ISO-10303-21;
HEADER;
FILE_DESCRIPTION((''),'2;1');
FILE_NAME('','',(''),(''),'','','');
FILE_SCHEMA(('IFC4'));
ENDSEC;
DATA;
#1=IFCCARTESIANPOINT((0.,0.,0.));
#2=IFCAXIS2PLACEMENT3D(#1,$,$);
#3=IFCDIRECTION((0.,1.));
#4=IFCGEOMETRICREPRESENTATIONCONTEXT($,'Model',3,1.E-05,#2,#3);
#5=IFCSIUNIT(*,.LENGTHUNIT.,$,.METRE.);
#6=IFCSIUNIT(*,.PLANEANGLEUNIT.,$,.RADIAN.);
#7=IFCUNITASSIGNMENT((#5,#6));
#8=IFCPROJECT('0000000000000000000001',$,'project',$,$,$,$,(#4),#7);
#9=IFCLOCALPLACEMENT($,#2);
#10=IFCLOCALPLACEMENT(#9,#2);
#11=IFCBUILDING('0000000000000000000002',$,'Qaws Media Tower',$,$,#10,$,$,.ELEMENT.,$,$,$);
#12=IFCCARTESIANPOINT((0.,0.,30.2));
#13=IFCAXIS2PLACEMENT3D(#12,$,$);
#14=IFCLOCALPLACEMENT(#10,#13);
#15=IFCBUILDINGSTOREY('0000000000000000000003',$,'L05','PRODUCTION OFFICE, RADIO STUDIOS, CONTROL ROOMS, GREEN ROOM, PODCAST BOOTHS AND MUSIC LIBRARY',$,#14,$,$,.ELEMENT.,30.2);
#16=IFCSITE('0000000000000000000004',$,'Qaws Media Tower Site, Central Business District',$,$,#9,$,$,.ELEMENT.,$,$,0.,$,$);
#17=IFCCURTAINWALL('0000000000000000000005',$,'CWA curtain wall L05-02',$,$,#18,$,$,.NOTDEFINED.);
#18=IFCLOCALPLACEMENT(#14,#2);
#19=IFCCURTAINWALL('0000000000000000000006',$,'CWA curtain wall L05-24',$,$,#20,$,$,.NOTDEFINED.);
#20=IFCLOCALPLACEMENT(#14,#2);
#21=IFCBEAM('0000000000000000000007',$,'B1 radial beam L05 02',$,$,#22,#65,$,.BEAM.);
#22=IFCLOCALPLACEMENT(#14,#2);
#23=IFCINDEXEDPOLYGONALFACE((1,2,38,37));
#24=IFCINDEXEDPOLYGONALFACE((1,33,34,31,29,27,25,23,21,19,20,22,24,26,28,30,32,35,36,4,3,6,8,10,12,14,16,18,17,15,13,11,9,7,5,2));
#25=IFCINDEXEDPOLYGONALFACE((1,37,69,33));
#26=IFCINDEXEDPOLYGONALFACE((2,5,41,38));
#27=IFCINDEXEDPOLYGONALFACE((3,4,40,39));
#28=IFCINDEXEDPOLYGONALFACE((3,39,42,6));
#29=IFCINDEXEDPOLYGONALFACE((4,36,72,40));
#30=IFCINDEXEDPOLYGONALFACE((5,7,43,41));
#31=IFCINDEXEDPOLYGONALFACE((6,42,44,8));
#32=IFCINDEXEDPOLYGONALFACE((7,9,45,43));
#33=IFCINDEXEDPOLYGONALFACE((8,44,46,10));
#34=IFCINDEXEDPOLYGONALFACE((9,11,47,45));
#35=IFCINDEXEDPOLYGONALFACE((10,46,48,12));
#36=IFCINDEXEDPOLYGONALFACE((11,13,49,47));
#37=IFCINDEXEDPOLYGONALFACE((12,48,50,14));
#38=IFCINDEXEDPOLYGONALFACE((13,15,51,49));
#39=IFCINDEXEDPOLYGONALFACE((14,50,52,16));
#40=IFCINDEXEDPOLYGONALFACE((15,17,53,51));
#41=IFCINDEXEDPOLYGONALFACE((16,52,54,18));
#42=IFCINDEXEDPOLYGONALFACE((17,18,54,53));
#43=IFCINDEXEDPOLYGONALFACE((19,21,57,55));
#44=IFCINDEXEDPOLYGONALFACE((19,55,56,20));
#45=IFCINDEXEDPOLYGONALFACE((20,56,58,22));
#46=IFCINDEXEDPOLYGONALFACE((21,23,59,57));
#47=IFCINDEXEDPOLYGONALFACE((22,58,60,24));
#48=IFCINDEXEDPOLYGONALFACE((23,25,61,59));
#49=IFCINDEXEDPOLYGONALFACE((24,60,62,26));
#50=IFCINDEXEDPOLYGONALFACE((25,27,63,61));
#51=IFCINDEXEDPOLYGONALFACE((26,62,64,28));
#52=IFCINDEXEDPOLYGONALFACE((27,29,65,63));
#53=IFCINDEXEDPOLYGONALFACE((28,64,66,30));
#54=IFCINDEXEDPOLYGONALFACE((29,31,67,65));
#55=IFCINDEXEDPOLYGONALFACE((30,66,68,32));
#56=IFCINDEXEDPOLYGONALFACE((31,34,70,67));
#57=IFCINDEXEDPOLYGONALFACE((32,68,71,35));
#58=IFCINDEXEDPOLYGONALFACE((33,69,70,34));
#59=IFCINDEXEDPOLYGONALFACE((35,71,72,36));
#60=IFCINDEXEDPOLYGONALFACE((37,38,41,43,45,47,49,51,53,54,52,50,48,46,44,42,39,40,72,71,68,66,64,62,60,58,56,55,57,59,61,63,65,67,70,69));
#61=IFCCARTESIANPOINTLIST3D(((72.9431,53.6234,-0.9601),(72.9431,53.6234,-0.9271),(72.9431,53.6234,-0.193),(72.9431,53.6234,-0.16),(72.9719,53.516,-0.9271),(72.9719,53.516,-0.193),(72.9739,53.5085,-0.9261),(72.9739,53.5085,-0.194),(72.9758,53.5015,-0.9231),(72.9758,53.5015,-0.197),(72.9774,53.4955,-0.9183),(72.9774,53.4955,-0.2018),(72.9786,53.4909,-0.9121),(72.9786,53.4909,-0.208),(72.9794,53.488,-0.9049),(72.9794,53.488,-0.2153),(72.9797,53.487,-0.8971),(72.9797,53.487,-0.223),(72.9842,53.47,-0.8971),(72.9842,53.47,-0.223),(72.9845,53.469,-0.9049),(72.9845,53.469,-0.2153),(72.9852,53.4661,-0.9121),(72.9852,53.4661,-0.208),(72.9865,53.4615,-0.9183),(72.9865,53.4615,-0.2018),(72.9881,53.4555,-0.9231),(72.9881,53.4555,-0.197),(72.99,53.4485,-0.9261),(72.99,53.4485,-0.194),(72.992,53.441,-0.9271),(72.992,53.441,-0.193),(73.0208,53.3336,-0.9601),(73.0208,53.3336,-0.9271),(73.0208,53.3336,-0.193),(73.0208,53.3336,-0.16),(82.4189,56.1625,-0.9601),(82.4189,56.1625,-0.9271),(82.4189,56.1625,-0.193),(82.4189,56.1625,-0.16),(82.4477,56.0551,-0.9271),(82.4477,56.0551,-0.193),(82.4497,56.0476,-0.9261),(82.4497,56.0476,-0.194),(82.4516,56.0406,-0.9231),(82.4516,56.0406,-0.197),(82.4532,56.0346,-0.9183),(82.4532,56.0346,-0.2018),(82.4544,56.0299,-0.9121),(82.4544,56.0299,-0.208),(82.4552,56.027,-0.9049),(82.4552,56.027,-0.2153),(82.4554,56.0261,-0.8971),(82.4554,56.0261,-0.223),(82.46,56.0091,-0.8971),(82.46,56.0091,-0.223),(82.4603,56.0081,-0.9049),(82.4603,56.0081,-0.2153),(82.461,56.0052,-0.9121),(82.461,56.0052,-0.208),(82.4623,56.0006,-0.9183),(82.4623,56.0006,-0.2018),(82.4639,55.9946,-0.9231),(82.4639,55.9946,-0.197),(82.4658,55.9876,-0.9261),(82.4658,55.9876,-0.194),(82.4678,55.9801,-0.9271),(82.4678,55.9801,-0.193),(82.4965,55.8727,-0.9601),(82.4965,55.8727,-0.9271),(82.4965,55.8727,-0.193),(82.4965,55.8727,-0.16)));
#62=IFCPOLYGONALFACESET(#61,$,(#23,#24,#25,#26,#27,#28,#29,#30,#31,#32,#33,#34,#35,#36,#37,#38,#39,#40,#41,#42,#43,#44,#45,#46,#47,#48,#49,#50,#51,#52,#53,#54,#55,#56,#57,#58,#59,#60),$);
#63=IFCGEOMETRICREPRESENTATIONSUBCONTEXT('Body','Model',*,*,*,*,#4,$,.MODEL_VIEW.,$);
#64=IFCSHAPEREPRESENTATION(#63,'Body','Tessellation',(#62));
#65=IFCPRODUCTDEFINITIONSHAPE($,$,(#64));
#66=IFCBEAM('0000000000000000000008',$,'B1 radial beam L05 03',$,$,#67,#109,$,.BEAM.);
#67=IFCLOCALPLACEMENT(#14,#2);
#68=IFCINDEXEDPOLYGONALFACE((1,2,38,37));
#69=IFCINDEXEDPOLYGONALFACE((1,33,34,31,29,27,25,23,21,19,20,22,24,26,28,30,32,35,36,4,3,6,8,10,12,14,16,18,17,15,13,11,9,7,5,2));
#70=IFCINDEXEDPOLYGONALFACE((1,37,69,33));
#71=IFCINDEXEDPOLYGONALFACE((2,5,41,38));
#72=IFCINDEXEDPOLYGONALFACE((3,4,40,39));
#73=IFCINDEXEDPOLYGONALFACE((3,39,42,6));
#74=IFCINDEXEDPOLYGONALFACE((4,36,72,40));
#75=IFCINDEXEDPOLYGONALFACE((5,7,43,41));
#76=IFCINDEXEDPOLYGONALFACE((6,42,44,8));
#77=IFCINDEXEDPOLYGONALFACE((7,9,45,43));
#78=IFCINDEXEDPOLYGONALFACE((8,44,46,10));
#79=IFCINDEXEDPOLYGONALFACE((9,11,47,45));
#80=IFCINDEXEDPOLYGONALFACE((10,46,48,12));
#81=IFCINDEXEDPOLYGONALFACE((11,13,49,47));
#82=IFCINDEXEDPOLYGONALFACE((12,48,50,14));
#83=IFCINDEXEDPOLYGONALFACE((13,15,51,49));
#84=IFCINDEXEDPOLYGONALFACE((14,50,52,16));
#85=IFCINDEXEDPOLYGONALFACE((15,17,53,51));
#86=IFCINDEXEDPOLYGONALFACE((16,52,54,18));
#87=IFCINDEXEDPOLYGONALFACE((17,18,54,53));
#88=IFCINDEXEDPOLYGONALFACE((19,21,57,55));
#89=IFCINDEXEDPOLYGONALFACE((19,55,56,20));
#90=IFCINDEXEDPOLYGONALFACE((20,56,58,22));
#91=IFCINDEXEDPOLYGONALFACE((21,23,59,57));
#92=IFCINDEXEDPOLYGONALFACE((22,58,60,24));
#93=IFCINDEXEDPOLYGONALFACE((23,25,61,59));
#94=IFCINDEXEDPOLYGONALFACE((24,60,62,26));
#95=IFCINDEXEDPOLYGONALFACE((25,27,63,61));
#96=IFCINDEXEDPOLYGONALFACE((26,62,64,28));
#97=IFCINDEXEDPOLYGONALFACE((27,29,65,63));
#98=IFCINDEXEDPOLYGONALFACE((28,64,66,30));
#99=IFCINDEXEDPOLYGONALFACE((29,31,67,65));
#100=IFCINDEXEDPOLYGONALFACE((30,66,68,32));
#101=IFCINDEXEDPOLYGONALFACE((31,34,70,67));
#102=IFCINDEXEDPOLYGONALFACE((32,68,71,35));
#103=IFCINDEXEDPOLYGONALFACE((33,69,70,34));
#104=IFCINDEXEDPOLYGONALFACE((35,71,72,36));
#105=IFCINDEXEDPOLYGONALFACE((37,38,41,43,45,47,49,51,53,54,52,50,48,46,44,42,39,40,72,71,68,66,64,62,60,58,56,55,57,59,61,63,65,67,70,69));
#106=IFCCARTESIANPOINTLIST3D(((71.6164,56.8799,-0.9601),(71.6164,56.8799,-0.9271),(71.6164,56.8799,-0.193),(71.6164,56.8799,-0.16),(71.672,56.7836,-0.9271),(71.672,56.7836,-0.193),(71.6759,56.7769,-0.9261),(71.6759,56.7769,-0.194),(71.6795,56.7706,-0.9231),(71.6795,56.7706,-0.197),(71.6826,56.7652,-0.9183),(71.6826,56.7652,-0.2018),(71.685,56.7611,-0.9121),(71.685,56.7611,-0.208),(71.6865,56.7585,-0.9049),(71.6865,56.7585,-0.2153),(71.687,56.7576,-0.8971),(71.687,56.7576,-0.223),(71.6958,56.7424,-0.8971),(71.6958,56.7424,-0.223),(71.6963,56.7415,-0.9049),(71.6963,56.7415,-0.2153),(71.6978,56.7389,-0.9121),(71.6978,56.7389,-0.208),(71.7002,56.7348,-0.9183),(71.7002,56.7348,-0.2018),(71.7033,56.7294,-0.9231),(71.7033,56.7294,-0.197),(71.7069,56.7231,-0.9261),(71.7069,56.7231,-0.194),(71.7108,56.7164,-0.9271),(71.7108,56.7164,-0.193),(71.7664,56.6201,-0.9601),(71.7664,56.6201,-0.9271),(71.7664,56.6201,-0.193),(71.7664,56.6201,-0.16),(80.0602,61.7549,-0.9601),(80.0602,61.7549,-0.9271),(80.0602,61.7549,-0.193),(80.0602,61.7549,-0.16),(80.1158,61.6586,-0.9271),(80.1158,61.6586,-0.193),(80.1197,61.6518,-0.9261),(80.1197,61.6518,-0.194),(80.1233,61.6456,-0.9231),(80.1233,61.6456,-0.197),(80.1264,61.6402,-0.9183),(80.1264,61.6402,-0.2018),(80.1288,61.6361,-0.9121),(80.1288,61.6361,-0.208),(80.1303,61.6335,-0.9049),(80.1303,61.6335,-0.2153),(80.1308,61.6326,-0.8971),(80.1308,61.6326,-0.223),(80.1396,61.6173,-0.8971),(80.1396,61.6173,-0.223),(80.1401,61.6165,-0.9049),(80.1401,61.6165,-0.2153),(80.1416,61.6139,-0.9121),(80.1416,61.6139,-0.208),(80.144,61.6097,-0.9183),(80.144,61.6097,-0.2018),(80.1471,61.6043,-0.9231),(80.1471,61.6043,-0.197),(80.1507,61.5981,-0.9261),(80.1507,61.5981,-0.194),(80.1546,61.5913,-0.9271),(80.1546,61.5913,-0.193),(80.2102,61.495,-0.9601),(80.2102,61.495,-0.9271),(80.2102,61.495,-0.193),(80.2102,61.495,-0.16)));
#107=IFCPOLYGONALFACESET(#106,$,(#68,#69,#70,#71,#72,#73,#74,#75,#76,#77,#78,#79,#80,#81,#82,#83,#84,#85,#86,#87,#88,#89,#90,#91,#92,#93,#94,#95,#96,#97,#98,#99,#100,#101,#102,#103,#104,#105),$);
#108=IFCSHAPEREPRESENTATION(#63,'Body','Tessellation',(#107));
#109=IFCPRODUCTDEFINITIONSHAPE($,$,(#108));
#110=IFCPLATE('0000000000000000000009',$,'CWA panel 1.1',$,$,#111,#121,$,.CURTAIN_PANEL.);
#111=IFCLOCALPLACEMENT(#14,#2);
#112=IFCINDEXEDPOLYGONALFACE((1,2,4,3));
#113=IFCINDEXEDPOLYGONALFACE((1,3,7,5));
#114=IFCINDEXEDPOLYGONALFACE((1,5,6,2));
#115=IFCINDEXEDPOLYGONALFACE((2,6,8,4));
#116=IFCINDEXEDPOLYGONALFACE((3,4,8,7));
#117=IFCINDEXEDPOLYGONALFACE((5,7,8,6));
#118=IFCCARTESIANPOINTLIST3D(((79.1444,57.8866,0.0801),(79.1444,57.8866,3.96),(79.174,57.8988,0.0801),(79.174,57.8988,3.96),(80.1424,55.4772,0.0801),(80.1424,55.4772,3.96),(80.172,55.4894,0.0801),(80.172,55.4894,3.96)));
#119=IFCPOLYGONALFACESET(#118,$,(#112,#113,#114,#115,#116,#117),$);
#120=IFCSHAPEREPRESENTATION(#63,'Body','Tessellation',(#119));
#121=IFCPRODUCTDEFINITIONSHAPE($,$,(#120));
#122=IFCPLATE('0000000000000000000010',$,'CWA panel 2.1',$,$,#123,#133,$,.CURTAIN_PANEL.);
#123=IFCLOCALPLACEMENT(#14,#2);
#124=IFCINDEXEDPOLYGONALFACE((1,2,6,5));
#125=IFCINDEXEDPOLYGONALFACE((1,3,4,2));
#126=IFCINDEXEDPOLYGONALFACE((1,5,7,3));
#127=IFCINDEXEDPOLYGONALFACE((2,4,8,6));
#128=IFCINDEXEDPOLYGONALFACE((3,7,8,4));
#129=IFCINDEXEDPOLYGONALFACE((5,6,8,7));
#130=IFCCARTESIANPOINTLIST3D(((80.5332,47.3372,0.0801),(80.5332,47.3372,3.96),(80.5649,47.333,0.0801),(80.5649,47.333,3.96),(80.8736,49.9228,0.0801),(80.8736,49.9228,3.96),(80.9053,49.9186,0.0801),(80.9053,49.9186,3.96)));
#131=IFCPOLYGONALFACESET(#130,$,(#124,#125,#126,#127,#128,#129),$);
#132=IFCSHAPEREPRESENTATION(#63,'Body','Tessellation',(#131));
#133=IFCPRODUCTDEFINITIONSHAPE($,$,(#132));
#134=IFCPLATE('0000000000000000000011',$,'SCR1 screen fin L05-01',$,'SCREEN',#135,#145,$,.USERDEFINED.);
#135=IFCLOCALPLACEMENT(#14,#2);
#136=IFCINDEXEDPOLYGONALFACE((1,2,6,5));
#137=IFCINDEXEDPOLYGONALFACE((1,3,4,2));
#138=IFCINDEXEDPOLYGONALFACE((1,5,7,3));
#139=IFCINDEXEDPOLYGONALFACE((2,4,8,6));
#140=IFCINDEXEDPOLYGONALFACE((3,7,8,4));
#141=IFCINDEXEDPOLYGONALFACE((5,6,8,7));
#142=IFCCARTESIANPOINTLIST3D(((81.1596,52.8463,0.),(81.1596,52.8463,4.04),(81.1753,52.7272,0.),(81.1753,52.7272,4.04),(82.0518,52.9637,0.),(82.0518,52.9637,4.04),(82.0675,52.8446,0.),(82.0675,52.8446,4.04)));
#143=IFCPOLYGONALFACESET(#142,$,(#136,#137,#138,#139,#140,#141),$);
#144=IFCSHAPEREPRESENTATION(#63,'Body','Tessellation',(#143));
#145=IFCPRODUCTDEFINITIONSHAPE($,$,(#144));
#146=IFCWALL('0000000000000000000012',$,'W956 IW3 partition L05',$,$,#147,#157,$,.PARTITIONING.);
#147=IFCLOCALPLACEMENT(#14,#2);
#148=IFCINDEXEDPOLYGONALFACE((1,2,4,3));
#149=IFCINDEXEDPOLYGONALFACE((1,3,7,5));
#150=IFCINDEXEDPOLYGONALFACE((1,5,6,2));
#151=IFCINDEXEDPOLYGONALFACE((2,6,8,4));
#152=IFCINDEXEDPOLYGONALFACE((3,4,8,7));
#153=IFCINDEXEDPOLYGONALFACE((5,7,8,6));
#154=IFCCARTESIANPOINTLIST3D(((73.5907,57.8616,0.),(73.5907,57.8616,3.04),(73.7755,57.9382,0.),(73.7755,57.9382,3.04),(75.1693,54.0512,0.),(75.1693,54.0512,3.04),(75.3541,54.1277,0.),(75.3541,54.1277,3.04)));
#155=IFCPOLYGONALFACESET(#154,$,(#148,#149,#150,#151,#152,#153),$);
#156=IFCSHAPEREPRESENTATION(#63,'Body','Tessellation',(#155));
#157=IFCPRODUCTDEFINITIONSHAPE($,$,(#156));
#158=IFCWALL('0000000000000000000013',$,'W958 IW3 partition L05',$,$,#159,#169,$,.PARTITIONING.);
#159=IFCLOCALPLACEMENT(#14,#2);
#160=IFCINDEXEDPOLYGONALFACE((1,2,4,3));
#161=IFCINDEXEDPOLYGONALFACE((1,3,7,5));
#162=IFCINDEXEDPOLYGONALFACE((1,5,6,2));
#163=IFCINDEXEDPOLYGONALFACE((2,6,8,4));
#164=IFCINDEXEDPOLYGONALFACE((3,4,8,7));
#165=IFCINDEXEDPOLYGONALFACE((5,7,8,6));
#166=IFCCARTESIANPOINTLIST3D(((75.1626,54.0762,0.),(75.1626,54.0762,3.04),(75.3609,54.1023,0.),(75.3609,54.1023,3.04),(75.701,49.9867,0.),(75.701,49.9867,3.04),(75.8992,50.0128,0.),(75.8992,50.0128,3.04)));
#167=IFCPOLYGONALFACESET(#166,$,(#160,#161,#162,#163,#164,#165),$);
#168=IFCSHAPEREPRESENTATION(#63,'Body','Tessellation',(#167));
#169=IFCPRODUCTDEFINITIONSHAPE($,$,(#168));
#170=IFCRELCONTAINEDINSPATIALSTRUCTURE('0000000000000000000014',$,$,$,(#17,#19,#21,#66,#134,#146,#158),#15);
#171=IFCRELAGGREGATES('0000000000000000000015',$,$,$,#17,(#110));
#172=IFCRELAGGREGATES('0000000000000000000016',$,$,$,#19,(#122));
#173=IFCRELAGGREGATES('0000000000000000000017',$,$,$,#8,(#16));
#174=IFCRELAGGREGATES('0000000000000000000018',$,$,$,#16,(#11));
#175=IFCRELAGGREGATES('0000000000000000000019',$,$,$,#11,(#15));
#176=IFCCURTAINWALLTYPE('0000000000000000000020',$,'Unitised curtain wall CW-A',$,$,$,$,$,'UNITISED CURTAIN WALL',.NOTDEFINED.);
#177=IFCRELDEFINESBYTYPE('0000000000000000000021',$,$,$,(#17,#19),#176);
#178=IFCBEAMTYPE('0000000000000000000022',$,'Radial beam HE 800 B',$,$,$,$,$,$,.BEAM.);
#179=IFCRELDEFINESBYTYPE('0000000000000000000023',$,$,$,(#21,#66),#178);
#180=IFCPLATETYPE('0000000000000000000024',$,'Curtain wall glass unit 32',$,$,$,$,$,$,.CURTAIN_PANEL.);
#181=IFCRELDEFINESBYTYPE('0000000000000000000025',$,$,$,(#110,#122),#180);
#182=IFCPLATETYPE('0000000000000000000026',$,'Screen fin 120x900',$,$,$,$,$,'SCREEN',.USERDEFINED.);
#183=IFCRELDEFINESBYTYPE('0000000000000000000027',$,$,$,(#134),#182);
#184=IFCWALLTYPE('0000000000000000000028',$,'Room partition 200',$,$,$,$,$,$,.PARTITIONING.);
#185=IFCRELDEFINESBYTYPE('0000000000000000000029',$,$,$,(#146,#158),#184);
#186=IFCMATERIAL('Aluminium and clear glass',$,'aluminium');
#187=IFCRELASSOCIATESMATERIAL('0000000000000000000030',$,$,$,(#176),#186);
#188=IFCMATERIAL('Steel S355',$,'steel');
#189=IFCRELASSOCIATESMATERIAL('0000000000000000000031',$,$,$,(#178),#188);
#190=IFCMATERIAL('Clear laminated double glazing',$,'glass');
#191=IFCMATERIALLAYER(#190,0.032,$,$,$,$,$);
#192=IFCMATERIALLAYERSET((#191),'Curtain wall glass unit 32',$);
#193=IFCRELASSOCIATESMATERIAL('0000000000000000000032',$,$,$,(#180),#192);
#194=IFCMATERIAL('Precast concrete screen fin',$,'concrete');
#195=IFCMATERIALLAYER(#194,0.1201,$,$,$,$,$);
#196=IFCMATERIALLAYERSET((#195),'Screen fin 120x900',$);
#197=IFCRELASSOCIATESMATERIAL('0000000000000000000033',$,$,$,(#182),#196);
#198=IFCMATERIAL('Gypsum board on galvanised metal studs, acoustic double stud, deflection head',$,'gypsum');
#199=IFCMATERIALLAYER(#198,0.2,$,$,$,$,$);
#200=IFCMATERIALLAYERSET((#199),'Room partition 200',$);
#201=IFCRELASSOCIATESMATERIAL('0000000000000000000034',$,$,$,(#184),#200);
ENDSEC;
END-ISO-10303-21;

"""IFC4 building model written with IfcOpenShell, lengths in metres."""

from ifc_helpers import new_model, si_unit, direction, frame, frame_2d, origin, origin_2d, place, context, subcontext, project, spatial, rectangle, i_section, extrude, material, layer, layer_set, material_profile, profile_set, type_object, element, aggregate, save


model = new_model("IFC4")

# Units and contexts
model_context = context("Model", 3, precision=1e-05, world=origin(), true_north=direction((0.0, 1.0)))
body_context = subcontext(model_context, "Body", "Model", "MODEL_VIEW")
ifc_project = project(units=[si_unit("LENGTHUNIT", "METRE"), si_unit("PLANEANGLEUNIT", "RADIAN")], contexts=[model_context])

# Site, building, storey
site_placement = place(None, origin())
site = spatial("IfcSite", under=ifc_project, at=site_placement, Name="Qaws Media Tower Site, Central Business District", CompositionType="ELEMENT", RefElevation=0.0)
building_placement = place(site_placement, origin())
building = spatial("IfcBuilding", under=site, at=building_placement, Name="Qaws Media Tower", CompositionType="ELEMENT")
storey_placement = place(building_placement, frame((0.0, 0.0, 30.2)))
storey = spatial("IfcBuildingStorey", under=building, at=storey_placement, Name="L05", Description="PRODUCTION OFFICE, RADIO STUDIOS, CONTROL ROOMS, GREEN ROOM, PODCAST BOOTHS AND MUSIC LIBRARY", CompositionType="ELEMENT", Elevation=30.2)

# Curtain walls
ifc_material_1 = material(Name="Aluminium and clear glass", Category="aluminium")
curtain_wall_type = type_object("IfcCurtainWallType", Name="Unitised curtain wall CW-A", ElementType="UNITISED CURTAIN WALL", PredefinedType="NOTDEFINED", material=ifc_material_1)
curtain_wall_1_placement = place(storey_placement, origin())
curtain_wall_1 = element("IfcCurtainWall", 1, at=curtain_wall_1_placement, inside=storey, type_object=curtain_wall_type, Name="CWA curtain wall L05-02", PredefinedType="NOTDEFINED")
curtain_wall_2_placement = place(storey_placement, origin())
curtain_wall_2 = element("IfcCurtainWall", 2, at=curtain_wall_2_placement, inside=storey, type_object=curtain_wall_type, Name="CWA curtain wall L05-24", PredefinedType="NOTDEFINED")

# Beams
ifc_material_2 = material(Name="Steel S355", Category="steel")
ifc_material_profile_1 = material_profile(ifc_material_2, i_section(OverallWidth=0.3, OverallDepth=0.8, WebThickness=0.0176, FlangeThickness=0.033, FilletRadius=0.03, at=origin_2d()), Name="HE 800 B")
ifc_profile_set_1 = profile_set([ifc_material_profile_1], Name="Steel S355")
beam_type_1 = type_object("IfcBeamType", Name="Radial beam HE 800 B", PredefinedType="BEAM", material=ifc_profile_set_1)
beam_1_placement = place(storey_placement, frame((72.9819, 53.4785, -0.5601), z_axis=(0.965925, 0.258821, 0.0), x_axis=(-0.258821, 0.965925, 0.0)))
element("IfcBeam", 3, at=beam_1_placement, inside=storey, type_object=beam_type_1, Name="B1 radial beam L05 02", PredefinedType="BEAM", context=body_context, shape_type="SweptSolid", body=[
    extrude(i_section(OverallWidth=0.3, OverallDepth=0.8, WebThickness=0.0176, FlangeThickness=0.033, FilletRadius=0.03, at=origin_2d()), origin(), (0.0, 0.0, 1.0), 9.8101),
])
beam_2_placement = place(storey_placement, frame((71.6914, 56.75, -0.5601), z_axis=(0.866028, 0.499996, 0.0), x_axis=(-0.499996, 0.866028, 0.0)))
element("IfcBeam", 4, at=beam_2_placement, inside=storey, type_object=beam_type_1, Name="B1 radial beam L05 03", PredefinedType="BEAM", context=body_context, shape_type="SweptSolid", body=[
    extrude(i_section(OverallWidth=0.3, OverallDepth=0.8, WebThickness=0.0176, FlangeThickness=0.033, FilletRadius=0.03, at=origin_2d()), origin(), (0.0, 0.0, 1.0), 9.75),
])

# Plates
ifc_material_3 = material(Name="Clear laminated double glazing", Category="glass")
ifc_layer_1 = layer(ifc_material_3, 0.032)
ifc_layer_set_1 = layer_set([ifc_layer_1], Name="Curtain wall glass unit 32")
plate_type_1 = type_object("IfcPlateType", Name="Curtain wall glass unit 32", PredefinedType="CURTAIN_PANEL", material=ifc_layer_set_1)
plate_1_placement = place(storey_placement, frame((79.6582, 56.688, 0.0801), z_axis=(0.0, 0.0, 1.0), x_axis=(-0.382683, 0.92388, 0.0)))
plate_1 = element("IfcPlate", 5, at=plate_1_placement, type_object=plate_type_1, Name="CWA panel 1.1", PredefinedType="CURTAIN_PANEL", context=body_context, shape_type="SweptSolid", body=[
    extrude(rectangle(XDim=2.6079, YDim=0.032, at=origin_2d()), origin(), (0.0, 0.0, 1.0), 3.8799),
])
aggregate(curtain_wall_1, [plate_1])
plate_2_placement = place(storey_placement, frame((80.7192, 48.6279, 0.0801), z_axis=(0.0, 0.0, 1.0), x_axis=(0.130526, 0.991445, 0.0)))
plate_2 = element("IfcPlate", 6, at=plate_2_placement, type_object=plate_type_1, Name="CWA panel 2.1", PredefinedType="CURTAIN_PANEL", context=body_context, shape_type="SweptSolid", body=[
    extrude(rectangle(XDim=2.6079, YDim=0.032, at=origin_2d()), origin(), (0.0, 0.0, 1.0), 3.8799),
])
aggregate(curtain_wall_2, [plate_2])
ifc_material_4 = material(Name="Precast concrete screen fin", Category="concrete")
ifc_layer_2 = layer(ifc_material_4, 0.1201)
ifc_layer_set_2 = layer_set([ifc_layer_2], Name="Screen fin 120x900")
plate_type_2 = type_object("IfcPlateType", Name="Screen fin 120x900", ElementType="SCREEN", PredefinedType="USERDEFINED", material=ifc_layer_set_2)
plate_3_placement = place(storey_placement, frame((81.6135, 52.8455, 0.0), z_axis=(0.0, 0.0, 1.0), x_axis=(0.991445, 0.130526, 0.0)))
element("IfcPlate", 7, at=plate_3_placement, inside=storey, type_object=plate_type_2, Name="SCR1 screen fin L05-01", ObjectType="SCREEN", PredefinedType="USERDEFINED", context=body_context, shape_type="SweptSolid", body=[
    extrude(rectangle(XDim=0.8999, YDim=0.1201, at=origin_2d()), origin(), (0.0, 0.0, 1.0), 4.04),
])

# Walls
ifc_material_5 = material(Name="Gypsum board on galvanised metal studs, acoustic double stud, deflection head", Category="gypsum")
ifc_layer_3 = layer(ifc_material_5, 0.2)
ifc_layer_set_3 = layer_set([ifc_layer_3], Name="Room partition 200")
wall_type_1 = type_object("IfcWallType", Name="Room partition 200", PredefinedType="PARTITIONING", material=ifc_layer_set_3)
wall_1_placement = place(storey_placement, frame((73.6831, 57.8999, 0.0), z_axis=(0.0, 0.0, 1.0), x_axis=(0.382732, -0.92386, 0.0)))
element("IfcWall", 8, at=wall_1_placement, inside=storey, type_object=wall_type_1, Name="W956 IW3 partition L05", PredefinedType="PARTITIONING", context=body_context, shape_type="SweptSolid", body=[
    extrude(rectangle(XDim=4.1245, YDim=0.2, at=frame_2d((2.0623, 0.0))), origin(), (0.0, 0.0, 1.0), 3.04),
])
wall_2_placement = place(storey_placement, frame((75.2617, 54.0894, 0.0), z_axis=(0.0, 0.0, 1.0), x_axis=(0.130516, -0.991446, 0.0)))
element("IfcWall", 9, at=wall_2_placement, inside=storey, type_object=wall_type_1, Name="W958 IW3 partition L05", PredefinedType="PARTITIONING", context=body_context, shape_type="SweptSolid", body=[
    extrude(rectangle(XDim=4.1248, YDim=0.2, at=frame_2d((2.0625, 0.0))), origin(), (0.0, 0.0, 1.0), 3.04),
])

save(model, "model.ifc")
